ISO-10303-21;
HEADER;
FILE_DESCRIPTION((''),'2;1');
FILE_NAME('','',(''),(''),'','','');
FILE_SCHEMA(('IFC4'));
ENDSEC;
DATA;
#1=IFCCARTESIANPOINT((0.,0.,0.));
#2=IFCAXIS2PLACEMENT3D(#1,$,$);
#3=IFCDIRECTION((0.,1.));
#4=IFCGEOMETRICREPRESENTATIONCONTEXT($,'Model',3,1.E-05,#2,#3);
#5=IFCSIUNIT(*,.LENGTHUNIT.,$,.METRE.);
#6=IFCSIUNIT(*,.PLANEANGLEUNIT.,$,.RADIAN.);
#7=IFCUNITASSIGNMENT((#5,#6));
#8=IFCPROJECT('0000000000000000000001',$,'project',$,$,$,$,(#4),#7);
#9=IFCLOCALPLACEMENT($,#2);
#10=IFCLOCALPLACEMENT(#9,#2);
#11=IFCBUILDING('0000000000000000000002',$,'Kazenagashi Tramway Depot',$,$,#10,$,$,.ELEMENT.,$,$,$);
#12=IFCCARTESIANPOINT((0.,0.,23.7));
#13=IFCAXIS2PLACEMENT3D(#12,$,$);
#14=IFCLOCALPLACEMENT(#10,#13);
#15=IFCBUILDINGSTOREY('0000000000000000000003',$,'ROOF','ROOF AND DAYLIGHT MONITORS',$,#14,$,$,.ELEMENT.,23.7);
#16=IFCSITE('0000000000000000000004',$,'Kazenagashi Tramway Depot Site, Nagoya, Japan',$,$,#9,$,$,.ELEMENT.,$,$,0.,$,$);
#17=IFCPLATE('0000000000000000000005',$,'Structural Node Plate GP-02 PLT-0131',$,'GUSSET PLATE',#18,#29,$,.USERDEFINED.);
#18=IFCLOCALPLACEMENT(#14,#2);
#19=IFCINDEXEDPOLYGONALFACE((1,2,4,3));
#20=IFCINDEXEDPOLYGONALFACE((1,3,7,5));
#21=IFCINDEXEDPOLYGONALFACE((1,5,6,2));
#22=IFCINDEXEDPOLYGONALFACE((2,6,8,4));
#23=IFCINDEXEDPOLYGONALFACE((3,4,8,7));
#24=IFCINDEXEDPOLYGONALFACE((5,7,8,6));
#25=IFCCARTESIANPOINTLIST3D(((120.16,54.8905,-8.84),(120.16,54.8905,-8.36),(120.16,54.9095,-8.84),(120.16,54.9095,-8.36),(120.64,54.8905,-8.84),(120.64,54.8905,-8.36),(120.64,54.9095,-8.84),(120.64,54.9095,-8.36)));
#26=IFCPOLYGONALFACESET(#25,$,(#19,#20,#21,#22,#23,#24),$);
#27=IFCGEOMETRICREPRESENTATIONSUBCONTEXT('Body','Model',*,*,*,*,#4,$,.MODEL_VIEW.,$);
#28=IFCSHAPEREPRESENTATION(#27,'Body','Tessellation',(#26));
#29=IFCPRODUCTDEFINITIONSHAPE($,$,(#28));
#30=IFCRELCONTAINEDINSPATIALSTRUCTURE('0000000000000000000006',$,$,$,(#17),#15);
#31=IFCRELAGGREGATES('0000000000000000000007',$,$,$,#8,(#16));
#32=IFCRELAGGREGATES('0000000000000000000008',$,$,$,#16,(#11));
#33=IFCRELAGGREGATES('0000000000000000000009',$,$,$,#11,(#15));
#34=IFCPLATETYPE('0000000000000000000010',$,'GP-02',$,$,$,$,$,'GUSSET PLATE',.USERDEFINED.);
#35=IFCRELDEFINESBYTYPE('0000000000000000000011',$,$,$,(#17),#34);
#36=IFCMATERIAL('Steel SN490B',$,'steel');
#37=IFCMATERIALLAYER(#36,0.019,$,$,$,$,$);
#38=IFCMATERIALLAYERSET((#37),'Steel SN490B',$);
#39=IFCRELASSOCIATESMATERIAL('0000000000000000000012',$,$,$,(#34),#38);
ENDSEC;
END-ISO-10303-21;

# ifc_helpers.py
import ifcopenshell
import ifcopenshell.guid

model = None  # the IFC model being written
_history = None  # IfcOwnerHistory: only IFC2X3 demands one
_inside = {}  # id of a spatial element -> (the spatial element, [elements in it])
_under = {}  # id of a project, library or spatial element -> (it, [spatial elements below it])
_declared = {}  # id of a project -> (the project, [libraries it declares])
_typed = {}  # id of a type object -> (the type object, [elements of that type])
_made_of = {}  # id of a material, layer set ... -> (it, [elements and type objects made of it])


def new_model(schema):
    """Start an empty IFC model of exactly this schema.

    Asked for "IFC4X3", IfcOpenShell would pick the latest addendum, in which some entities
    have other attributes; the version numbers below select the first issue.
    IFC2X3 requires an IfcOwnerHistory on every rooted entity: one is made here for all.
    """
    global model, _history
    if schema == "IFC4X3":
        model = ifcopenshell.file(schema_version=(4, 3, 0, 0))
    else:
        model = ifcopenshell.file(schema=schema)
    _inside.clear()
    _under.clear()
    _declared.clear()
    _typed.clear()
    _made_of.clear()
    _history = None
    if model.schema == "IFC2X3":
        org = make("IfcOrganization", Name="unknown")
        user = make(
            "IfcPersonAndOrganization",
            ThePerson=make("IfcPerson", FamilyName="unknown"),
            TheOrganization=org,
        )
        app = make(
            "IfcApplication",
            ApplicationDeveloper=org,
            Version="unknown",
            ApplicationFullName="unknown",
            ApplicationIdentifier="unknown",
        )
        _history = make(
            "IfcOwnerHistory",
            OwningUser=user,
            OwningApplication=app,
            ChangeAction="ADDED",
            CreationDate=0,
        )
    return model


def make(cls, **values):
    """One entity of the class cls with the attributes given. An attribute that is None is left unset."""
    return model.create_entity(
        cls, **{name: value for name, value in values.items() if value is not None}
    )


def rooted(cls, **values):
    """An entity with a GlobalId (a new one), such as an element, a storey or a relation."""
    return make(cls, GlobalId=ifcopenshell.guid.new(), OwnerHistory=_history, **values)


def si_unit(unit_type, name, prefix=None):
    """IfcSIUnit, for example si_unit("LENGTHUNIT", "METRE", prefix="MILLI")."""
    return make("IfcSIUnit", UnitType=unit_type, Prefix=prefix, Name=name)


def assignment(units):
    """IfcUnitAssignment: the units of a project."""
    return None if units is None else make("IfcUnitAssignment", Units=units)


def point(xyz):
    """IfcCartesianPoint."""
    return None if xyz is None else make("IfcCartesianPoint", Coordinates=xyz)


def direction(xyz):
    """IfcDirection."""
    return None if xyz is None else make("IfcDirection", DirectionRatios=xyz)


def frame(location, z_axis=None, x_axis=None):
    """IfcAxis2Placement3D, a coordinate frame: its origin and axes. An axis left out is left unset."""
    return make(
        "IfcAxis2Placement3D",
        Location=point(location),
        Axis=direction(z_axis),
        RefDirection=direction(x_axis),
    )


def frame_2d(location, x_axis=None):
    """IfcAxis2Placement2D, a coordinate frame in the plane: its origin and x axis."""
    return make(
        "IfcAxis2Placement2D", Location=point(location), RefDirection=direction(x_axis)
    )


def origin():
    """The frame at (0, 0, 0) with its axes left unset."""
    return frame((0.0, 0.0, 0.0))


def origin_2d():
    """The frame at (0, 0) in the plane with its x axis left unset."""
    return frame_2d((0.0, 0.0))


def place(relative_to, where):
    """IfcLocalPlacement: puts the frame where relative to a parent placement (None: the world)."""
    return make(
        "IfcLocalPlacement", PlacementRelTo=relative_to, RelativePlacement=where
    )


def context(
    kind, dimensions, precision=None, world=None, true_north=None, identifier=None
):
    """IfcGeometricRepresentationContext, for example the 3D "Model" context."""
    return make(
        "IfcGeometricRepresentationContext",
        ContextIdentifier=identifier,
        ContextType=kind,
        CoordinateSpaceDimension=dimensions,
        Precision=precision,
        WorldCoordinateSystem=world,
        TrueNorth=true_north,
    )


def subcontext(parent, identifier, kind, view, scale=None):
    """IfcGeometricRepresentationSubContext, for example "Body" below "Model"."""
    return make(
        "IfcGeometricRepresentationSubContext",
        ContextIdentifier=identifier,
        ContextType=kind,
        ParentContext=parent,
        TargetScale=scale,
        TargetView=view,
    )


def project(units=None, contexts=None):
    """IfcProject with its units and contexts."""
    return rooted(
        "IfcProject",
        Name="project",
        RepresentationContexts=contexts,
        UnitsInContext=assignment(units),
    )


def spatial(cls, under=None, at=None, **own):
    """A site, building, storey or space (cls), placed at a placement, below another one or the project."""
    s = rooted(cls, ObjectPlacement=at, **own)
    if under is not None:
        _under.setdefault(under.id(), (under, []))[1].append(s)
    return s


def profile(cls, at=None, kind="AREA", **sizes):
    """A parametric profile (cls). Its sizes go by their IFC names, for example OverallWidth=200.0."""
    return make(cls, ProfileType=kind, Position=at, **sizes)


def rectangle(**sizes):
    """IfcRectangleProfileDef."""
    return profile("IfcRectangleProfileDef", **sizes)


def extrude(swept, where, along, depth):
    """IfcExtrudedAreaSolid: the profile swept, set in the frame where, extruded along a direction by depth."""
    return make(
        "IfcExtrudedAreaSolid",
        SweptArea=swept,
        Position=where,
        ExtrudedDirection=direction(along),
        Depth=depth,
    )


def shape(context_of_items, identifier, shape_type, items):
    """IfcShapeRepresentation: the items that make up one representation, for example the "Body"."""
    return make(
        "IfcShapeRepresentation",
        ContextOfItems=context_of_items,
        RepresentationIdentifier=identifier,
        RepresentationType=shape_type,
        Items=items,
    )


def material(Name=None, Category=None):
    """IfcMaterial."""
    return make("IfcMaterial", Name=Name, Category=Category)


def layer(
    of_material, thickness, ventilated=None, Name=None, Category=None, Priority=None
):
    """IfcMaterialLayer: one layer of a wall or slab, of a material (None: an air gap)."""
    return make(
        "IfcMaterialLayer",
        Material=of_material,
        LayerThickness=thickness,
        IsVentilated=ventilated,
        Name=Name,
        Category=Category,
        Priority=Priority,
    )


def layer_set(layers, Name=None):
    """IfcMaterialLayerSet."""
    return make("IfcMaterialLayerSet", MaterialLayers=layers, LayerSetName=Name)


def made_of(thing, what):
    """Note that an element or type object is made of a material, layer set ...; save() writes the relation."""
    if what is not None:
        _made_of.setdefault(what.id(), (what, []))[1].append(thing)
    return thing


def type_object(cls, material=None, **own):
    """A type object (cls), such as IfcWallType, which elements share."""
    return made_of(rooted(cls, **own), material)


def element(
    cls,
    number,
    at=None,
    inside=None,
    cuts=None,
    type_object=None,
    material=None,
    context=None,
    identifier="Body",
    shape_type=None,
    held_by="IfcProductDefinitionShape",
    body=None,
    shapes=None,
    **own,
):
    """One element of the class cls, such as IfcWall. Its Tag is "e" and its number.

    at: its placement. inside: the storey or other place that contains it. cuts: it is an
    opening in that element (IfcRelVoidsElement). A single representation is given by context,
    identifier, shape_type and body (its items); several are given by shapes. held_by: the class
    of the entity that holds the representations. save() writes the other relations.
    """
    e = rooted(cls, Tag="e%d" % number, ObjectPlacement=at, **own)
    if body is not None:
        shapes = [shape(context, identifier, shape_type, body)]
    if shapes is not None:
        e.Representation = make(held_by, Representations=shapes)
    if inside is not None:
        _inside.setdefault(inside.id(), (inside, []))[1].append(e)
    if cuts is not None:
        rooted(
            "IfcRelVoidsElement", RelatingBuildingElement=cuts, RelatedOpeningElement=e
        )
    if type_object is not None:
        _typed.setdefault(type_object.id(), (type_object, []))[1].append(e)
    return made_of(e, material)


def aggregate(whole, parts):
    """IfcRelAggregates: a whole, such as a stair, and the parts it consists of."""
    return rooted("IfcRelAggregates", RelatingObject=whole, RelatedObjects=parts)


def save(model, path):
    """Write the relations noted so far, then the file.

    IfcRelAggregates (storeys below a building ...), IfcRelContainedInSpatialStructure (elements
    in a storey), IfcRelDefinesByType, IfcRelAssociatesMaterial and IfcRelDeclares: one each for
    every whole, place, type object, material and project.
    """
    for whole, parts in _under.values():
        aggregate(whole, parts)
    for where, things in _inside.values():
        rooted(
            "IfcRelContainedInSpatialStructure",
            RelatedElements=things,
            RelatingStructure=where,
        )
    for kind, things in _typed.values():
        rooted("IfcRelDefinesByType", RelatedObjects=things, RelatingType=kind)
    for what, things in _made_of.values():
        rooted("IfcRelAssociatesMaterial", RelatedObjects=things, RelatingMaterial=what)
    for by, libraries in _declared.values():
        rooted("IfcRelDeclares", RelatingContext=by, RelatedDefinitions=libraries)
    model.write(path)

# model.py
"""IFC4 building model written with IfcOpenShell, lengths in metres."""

from ifc_helpers import new_model, si_unit, direction, frame, origin, origin_2d, place, context, subcontext, project, spatial, rectangle, extrude, material, layer, layer_set, type_object, element, save


model = new_model("IFC4")

# Units and contexts
model_context = context("Model", 3, precision=1e-05, world=origin(), true_north=direction((0.0, 1.0)))
body_context = subcontext(model_context, "Body", "Model", "MODEL_VIEW")
ifc_project = project(units=[si_unit("LENGTHUNIT", "METRE"), si_unit("PLANEANGLEUNIT", "RADIAN")], contexts=[model_context])

# Site, building, storey
site_placement = place(None, origin())
site = spatial("IfcSite", under=ifc_project, at=site_placement, Name="Kazenagashi Tramway Depot Site, Nagoya, Japan", CompositionType="ELEMENT", RefElevation=0.0)
building_placement = place(site_placement, origin())
building = spatial("IfcBuilding", under=site, at=building_placement, Name="Kazenagashi Tramway Depot", CompositionType="ELEMENT")
storey_placement = place(building_placement, frame((0.0, 0.0, 23.7)))
storey = spatial("IfcBuildingStorey", under=building, at=storey_placement, Name="ROOF", Description="ROOF AND DAYLIGHT MONITORS", CompositionType="ELEMENT", Elevation=23.7)

# Shared definitions
ifc_material_1 = material(Name="Steel SN490B", Category="steel")

# Plate
ifc_layer_1 = layer(ifc_material_1, 0.019)
ifc_layer_set_1 = layer_set([ifc_layer_1], Name="Steel SN490B")
plate_type_1 = type_object("IfcPlateType", Name="GP-02", ElementType="GUSSET PLATE", PredefinedType="USERDEFINED", material=ifc_layer_set_1)
plate_1_placement = place(storey_placement, frame((120.4, 54.9, -8.84), z_axis=(0.0, 0.0, 1.0), x_axis=(1.0, 0.0, 0.0)))
element("IfcPlate", 1, at=plate_1_placement, inside=storey, type_object=plate_type_1, Name="Structural Node Plate GP-02 PLT-0131", ObjectType="GUSSET PLATE", PredefinedType="USERDEFINED", context=body_context, shape_type="SweptSolid", body=[
    extrude(rectangle(XDim=0.48, YDim=0.019, at=origin_2d()), origin(), (0.0, 0.0, 1.0), 0.48),
])

save(model, "model.ifc")
